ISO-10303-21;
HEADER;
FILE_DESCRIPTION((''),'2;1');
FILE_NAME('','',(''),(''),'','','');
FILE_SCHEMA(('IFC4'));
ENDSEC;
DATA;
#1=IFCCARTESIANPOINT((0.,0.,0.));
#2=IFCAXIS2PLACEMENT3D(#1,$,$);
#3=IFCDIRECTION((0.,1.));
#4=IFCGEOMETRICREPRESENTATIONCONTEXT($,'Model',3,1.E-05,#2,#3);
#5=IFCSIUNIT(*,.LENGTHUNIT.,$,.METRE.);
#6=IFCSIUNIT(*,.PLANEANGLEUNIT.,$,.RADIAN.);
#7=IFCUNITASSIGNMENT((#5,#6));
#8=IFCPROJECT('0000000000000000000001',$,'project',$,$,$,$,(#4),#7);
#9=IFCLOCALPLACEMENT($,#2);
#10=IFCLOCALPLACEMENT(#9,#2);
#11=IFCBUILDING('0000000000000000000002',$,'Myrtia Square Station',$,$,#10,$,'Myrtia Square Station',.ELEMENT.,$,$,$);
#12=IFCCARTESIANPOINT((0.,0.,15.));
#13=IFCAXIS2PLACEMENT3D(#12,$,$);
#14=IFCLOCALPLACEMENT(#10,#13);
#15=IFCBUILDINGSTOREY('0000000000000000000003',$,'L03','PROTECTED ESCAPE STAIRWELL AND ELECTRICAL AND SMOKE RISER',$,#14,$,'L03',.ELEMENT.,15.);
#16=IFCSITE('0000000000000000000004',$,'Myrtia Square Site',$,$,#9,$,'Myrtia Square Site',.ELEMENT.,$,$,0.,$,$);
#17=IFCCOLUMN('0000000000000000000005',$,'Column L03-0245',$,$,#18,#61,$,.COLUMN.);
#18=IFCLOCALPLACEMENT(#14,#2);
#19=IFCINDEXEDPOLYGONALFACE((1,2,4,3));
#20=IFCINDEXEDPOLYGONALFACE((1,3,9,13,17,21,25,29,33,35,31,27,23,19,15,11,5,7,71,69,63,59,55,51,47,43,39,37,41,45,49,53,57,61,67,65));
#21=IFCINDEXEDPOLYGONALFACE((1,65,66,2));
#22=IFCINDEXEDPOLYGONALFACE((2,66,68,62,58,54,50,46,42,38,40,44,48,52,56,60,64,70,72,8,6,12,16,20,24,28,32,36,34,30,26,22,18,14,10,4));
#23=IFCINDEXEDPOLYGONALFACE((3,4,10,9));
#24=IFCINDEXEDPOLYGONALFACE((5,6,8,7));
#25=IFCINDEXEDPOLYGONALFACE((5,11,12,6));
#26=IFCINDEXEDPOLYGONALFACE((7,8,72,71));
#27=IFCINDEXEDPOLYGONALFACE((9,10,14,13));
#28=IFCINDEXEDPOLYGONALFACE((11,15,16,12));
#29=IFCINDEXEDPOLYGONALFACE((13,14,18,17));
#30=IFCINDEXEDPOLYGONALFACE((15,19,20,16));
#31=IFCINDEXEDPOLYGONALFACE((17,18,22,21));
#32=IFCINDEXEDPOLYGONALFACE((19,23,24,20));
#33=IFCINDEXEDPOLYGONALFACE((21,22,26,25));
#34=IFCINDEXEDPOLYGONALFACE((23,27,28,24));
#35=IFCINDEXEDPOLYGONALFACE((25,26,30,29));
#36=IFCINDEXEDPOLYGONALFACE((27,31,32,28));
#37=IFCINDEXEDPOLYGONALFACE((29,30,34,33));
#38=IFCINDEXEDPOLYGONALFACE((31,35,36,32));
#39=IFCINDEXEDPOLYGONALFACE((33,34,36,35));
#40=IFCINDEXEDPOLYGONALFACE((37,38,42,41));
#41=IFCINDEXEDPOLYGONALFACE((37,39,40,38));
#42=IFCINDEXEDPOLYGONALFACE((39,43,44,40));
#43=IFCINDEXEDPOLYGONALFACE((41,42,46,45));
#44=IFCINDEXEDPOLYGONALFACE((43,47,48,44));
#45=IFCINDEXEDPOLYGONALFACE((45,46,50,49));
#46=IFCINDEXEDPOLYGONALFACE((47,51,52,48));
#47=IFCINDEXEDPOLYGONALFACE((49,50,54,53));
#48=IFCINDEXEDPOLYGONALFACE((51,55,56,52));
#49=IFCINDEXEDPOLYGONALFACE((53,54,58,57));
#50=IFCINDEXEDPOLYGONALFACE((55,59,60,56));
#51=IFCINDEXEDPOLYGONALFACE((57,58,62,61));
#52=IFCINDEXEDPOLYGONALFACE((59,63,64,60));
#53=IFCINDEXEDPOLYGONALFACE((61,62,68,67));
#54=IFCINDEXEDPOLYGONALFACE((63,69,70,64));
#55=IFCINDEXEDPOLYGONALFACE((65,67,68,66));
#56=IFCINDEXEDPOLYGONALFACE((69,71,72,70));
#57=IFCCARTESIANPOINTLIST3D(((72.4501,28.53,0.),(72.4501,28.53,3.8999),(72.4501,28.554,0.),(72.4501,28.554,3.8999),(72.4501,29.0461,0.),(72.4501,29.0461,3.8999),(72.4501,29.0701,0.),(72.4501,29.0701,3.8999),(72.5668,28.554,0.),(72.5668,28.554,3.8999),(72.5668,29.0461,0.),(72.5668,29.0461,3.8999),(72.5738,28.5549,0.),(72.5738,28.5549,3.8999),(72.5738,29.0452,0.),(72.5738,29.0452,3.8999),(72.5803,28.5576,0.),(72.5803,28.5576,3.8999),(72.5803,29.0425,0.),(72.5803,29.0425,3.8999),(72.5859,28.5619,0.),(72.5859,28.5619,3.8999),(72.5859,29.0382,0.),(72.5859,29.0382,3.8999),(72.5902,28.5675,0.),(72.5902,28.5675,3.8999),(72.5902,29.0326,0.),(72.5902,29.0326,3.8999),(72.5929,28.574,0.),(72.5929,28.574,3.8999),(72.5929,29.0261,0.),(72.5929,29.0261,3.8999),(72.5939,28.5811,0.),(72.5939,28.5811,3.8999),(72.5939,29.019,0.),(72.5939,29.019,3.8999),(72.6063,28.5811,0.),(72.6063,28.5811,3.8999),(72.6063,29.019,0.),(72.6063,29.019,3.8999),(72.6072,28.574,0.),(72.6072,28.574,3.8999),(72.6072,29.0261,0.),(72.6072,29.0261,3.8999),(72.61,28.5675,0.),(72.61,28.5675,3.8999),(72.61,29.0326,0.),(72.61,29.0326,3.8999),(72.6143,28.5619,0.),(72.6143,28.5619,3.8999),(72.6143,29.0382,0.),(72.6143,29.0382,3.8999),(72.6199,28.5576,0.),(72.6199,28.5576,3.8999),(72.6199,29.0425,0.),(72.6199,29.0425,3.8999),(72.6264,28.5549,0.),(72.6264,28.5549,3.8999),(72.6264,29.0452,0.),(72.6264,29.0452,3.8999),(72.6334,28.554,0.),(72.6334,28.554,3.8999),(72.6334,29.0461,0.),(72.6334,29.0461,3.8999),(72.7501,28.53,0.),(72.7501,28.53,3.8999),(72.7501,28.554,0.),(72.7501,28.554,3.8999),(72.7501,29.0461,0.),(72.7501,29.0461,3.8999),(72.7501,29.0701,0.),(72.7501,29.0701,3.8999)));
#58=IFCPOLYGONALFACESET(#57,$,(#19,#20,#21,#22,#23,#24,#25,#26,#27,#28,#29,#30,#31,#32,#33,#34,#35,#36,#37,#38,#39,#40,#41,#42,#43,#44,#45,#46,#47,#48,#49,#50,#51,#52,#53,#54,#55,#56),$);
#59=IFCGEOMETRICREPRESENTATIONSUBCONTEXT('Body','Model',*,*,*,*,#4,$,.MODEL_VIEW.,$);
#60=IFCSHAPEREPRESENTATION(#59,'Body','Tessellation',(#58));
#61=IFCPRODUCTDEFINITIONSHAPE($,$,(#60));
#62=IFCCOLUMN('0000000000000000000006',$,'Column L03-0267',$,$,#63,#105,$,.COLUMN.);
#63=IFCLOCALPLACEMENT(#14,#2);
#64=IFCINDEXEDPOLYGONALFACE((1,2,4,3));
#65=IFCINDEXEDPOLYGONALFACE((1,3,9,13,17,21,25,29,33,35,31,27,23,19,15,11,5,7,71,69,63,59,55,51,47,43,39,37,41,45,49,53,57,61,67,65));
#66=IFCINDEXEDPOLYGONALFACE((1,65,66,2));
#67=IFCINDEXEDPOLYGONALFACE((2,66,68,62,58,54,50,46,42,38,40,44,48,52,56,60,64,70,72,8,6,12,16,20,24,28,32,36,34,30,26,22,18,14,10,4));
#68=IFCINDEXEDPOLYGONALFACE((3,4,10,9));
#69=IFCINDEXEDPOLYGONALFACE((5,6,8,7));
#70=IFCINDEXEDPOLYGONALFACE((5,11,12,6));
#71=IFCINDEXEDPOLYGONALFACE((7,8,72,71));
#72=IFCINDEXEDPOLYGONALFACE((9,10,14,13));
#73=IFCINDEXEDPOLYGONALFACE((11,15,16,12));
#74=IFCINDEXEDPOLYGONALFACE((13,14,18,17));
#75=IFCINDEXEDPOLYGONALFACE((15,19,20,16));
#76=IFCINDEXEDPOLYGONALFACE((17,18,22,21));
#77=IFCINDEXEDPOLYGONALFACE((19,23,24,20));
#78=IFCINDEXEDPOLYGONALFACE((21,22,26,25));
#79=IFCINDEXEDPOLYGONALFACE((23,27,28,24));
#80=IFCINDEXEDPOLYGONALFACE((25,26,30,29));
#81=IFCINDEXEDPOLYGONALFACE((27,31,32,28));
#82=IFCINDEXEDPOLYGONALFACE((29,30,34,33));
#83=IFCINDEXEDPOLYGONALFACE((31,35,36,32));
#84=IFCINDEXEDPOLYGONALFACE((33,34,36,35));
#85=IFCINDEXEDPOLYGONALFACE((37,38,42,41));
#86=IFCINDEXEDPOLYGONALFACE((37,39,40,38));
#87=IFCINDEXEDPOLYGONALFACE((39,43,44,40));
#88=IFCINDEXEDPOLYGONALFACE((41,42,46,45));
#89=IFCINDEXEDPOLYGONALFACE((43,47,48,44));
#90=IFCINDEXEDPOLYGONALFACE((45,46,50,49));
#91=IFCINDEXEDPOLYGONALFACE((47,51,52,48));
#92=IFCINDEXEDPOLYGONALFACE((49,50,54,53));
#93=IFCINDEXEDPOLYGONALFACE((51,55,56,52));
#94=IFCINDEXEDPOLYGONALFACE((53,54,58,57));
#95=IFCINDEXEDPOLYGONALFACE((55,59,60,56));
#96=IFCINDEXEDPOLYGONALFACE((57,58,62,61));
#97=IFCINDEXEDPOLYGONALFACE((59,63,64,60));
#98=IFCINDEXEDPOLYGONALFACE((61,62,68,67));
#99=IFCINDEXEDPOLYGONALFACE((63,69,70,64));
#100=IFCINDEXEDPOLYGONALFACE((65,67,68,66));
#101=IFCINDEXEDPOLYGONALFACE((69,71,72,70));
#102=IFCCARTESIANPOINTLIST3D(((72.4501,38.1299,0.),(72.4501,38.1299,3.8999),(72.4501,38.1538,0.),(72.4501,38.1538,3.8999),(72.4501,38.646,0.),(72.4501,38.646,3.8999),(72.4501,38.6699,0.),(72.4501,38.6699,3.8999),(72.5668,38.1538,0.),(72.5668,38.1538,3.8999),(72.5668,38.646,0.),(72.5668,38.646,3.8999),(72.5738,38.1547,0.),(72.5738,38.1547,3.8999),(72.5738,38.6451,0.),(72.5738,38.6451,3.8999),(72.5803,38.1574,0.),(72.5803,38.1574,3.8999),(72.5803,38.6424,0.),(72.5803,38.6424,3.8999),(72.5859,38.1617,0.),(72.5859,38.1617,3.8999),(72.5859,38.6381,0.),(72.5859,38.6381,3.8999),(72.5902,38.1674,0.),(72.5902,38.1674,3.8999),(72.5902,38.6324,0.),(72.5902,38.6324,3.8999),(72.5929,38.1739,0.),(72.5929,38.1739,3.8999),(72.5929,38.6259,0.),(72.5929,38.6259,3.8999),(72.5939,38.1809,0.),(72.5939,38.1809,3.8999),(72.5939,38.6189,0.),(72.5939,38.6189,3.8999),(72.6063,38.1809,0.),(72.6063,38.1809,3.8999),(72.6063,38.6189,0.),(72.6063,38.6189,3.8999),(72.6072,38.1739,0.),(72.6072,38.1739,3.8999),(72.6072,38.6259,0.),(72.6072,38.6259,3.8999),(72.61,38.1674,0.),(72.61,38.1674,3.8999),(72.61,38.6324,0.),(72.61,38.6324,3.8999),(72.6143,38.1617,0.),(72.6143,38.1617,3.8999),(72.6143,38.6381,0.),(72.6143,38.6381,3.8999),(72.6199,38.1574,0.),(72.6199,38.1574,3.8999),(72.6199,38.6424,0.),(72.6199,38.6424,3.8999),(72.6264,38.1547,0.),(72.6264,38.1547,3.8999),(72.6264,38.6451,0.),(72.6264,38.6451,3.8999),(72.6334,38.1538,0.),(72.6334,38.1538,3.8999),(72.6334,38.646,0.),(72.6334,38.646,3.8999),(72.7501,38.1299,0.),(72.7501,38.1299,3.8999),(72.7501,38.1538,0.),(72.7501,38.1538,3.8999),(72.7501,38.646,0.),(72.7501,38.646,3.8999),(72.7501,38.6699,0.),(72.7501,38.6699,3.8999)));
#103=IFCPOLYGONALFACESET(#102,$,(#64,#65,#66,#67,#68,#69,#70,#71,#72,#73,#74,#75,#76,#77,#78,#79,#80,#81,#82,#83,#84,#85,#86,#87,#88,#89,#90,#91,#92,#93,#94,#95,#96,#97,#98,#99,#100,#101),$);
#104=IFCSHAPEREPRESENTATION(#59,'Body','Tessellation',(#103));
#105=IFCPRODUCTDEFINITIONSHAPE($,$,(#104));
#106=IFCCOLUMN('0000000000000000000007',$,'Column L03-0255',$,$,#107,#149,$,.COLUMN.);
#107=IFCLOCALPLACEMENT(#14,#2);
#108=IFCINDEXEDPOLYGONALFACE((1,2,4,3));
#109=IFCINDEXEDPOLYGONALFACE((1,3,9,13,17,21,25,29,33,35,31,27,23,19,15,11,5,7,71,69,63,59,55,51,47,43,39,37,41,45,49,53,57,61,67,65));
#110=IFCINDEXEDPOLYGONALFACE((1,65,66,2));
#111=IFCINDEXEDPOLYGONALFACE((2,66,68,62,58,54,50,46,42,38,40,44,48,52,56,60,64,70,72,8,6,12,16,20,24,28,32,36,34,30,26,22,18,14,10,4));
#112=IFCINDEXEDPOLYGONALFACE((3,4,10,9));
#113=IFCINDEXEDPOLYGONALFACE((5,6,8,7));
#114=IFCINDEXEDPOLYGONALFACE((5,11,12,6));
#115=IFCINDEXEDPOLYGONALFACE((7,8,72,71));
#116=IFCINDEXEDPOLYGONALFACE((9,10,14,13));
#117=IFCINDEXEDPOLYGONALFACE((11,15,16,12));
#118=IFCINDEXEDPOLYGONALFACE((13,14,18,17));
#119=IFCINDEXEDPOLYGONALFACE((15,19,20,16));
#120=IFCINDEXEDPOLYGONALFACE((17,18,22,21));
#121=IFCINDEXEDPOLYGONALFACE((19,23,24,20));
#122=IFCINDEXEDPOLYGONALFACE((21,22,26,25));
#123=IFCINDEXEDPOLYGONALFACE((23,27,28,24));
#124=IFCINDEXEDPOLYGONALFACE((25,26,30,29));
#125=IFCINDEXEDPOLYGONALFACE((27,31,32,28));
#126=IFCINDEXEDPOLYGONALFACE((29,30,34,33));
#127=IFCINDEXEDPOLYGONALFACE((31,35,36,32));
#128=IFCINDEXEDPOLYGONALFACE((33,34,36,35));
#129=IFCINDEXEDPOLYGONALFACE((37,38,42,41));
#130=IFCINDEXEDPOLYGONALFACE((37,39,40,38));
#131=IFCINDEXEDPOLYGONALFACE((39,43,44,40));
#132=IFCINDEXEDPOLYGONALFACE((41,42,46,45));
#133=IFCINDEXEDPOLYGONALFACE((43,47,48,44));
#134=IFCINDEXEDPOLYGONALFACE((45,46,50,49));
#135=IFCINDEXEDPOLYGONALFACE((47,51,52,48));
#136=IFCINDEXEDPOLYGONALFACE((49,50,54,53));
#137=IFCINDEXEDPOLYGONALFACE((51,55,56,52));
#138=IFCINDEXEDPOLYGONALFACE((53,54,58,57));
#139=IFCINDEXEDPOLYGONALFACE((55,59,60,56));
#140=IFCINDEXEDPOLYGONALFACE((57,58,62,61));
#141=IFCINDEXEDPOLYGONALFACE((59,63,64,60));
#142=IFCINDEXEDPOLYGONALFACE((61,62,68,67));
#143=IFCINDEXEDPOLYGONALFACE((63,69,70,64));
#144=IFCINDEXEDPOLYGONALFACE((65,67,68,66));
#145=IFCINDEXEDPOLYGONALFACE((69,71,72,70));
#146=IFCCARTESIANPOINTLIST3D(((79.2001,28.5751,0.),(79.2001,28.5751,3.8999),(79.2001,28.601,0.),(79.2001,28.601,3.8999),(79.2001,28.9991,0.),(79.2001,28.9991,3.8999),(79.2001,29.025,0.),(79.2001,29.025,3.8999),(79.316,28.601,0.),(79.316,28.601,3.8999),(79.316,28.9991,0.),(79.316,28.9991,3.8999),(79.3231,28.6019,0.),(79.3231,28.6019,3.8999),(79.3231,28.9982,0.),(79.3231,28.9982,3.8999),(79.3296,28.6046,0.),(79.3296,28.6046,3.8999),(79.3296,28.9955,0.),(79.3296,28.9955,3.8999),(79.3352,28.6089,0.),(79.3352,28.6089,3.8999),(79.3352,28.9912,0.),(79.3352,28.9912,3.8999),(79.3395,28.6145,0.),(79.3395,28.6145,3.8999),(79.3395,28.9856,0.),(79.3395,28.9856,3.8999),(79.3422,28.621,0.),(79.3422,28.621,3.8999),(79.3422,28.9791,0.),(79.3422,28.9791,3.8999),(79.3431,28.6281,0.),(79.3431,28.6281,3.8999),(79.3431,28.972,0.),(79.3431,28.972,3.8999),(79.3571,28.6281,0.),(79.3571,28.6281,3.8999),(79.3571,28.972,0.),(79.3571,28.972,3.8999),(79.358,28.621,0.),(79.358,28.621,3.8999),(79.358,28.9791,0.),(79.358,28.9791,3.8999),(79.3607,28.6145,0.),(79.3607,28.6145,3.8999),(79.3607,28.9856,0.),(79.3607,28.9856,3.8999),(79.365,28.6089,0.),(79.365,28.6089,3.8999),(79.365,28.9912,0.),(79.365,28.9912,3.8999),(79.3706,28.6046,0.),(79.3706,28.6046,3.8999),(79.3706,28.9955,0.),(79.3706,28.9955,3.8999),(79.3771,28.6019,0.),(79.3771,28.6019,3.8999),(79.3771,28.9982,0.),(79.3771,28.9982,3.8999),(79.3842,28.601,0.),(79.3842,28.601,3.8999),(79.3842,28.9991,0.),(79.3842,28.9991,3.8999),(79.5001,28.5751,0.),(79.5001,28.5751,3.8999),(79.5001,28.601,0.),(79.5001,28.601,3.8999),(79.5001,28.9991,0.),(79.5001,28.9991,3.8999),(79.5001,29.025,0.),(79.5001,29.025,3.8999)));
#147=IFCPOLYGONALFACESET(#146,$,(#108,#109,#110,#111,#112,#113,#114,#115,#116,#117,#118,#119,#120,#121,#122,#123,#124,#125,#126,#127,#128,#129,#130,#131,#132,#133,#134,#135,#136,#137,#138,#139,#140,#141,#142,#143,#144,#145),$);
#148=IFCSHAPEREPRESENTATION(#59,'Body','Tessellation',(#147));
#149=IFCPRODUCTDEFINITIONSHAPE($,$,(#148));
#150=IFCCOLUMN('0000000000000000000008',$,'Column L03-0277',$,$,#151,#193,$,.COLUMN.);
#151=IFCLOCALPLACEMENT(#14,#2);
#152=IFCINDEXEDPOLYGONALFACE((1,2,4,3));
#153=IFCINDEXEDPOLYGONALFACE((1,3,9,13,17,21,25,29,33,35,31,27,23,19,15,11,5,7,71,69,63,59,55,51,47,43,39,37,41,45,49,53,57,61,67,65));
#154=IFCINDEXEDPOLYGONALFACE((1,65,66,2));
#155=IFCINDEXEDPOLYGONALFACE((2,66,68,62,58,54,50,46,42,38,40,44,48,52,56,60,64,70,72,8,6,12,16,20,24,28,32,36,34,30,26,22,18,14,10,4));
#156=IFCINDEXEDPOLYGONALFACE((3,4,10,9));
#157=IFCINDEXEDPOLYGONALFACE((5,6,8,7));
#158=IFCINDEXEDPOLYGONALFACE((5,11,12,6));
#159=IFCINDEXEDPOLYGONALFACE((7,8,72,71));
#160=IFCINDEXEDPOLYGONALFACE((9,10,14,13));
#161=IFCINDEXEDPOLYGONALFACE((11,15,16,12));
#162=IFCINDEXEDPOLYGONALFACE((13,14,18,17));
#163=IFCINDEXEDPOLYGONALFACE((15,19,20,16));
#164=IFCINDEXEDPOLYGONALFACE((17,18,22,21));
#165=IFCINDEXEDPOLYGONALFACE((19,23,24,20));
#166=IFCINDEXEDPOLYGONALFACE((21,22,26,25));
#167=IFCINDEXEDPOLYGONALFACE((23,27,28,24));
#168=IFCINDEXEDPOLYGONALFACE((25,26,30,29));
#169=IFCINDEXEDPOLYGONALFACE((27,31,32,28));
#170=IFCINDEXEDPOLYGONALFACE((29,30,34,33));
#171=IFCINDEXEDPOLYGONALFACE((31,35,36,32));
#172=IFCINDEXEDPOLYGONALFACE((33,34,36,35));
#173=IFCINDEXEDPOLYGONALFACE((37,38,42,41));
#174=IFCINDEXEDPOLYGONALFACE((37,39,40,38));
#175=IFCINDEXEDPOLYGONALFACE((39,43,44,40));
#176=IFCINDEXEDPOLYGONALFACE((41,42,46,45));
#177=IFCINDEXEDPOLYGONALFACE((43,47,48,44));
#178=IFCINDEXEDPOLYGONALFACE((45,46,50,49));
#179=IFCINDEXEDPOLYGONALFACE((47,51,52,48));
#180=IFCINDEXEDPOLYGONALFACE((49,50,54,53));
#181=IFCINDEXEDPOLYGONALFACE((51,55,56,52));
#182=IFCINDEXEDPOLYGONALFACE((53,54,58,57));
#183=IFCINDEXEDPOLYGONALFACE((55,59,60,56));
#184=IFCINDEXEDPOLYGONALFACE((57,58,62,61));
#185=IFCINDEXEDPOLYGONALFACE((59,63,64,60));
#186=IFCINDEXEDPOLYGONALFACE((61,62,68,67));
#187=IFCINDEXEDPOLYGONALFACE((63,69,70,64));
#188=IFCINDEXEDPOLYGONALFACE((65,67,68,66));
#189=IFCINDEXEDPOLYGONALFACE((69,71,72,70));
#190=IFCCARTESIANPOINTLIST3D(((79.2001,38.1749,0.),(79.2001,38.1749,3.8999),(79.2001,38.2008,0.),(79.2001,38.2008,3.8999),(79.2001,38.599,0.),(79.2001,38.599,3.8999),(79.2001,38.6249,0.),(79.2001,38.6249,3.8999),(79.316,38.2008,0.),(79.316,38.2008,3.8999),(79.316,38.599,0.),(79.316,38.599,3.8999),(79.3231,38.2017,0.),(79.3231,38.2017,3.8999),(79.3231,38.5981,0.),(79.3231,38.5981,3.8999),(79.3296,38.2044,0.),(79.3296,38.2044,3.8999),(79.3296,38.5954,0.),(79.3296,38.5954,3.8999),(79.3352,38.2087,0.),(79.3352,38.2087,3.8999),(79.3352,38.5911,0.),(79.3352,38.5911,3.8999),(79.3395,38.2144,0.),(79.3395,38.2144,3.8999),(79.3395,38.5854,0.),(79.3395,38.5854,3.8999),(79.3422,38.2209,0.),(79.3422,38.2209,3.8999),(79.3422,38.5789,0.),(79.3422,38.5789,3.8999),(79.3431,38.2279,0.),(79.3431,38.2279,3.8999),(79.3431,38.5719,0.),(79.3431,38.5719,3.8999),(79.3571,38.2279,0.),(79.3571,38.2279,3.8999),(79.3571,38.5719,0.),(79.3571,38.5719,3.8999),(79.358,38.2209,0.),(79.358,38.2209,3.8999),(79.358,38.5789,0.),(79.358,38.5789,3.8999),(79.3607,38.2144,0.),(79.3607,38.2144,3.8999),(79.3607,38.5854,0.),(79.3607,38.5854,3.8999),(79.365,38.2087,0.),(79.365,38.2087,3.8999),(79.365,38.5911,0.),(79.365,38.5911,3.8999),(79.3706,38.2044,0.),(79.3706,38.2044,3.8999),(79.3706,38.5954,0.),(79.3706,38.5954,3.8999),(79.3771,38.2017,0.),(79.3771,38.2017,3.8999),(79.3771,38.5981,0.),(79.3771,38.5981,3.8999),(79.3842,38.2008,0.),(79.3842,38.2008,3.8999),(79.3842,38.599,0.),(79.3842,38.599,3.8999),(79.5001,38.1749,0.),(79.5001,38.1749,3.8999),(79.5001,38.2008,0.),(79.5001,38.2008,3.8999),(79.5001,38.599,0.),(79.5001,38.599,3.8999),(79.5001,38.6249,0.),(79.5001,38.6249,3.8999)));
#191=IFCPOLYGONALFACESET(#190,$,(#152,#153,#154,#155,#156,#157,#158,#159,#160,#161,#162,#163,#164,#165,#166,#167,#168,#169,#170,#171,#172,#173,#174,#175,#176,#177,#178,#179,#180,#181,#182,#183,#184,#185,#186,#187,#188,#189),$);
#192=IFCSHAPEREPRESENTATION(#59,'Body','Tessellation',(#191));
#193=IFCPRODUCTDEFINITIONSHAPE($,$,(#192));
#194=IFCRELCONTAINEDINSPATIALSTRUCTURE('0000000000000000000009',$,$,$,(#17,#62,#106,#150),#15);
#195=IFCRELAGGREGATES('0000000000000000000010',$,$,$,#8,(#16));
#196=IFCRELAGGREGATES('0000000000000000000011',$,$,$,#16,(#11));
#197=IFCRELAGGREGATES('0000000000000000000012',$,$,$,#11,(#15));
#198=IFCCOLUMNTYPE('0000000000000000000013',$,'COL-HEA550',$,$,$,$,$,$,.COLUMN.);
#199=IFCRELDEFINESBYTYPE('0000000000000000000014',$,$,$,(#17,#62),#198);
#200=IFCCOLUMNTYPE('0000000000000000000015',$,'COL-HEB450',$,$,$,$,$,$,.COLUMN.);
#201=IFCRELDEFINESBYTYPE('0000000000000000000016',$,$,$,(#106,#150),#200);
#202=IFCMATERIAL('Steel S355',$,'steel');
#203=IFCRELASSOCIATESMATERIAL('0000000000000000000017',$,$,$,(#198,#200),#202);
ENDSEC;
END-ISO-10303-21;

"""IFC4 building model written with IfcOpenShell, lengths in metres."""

from ifc_helpers import new_model, si_unit, direction, frame, origin, origin_2d, place, context, subcontext, project, spatial, i_section, extrude, material, material_profile, profile_set, type_object, element, save


model = new_model("IFC4")

# Units and contexts
model_context = context("Model", 3, precision=1e-05, world=origin(), true_north=direction((0.0, 1.0)))
body_context = subcontext(model_context, "Body", "Model", "MODEL_VIEW")
ifc_project = project(units=[si_unit("LENGTHUNIT", "METRE"), si_unit("PLANEANGLEUNIT", "RADIAN")], contexts=[model_context])

# Site, building, storey
site_placement = place(None, origin())
site = spatial("IfcSite", under=ifc_project, at=site_placement, Name="Myrtia Square Site", LongName="Myrtia Square Site", CompositionType="ELEMENT", RefElevation=0.0)
building_placement = place(site_placement, origin())
building = spatial("IfcBuilding", under=site, at=building_placement, Name="Myrtia Square Station", LongName="Myrtia Square Station", CompositionType="ELEMENT")
storey_placement = place(building_placement, frame((0.0, 0.0, 15.0)))
storey = spatial("IfcBuildingStorey", under=building, at=storey_placement, Name="L03", Description="PROTECTED ESCAPE STAIRWELL AND ELECTRICAL AND SMOKE RISER", LongName="L03", CompositionType="ELEMENT", Elevation=15.0)

# Columns
ifc_material_1 = material(Name="Steel S355", Category="steel")
ifc_material_profile_1 = material_profile(ifc_material_1, i_section(OverallWidth=0.3, OverallDepth=0.54, WebThickness=0.0125, FlangeThickness=0.0239, FilletRadius=0.0271, at=origin_2d()), Name="HEA 550")
ifc_profile_set_1 = profile_set([ifc_material_profile_1], Name="Steel S355")
column_type_1 = type_object("IfcColumnType", Name="COL-HEA550", PredefinedType="COLUMN", material=ifc_profile_set_1)
for number, where, z_axis, x_axis, name in (
    (1, (72.6001, 28.8, 0.0), (0.0, 0.0, 1.0), (1.0, 0.0, 0.0), "Column L03-0245"),
    (2, (72.6001, 38.3999, 0.0), (0.0, 0.0, 1.0), (1.0, 0.0, 0.0), "Column L03-0267"),
):
    element("IfcColumn", number, at=place(storey_placement, frame(where, z_axis=z_axis, x_axis=x_axis)), inside=storey, type_object=column_type_1, Name=name, PredefinedType="COLUMN", context=body_context, shape_type="SweptSolid", body=[
        extrude(i_section(OverallWidth=0.3, OverallDepth=0.54, WebThickness=0.0125, FlangeThickness=0.0239, FilletRadius=0.0271, at=origin_2d()), origin(), (0.0, 0.0, 1.0), 3.8999),
    ])
ifc_material_profile_2 = material_profile(ifc_material_1, i_section(OverallWidth=0.3, OverallDepth=0.45, WebThickness=0.0139, FlangeThickness=0.0259, FilletRadius=0.0271, at=origin_2d()), Name="HEB 450")
ifc_profile_set_2 = profile_set([ifc_material_profile_2], Name="Steel S355")
column_type_2 = type_object("IfcColumnType", Name="COL-HEB450", PredefinedType="COLUMN", material=ifc_profile_set_2)
for number, where, z_axis, x_axis, name in (
    (3, (79.3501, 28.8, 0.0), (0.0, 0.0, 1.0), (1.0, 0.0, 0.0), "Column L03-0255"),
    (4, (79.3501, 38.3999, 0.0), (0.0, 0.0, 1.0), (1.0, 0.0, 0.0), "Column L03-0277"),
):
    element("IfcColumn", number, at=place(storey_placement, frame(where, z_axis=z_axis, x_axis=x_axis)), inside=storey, type_object=column_type_2, Name=name, PredefinedType="COLUMN", context=body_context, shape_type="SweptSolid", body=[
        extrude(i_section(OverallWidth=0.3, OverallDepth=0.45, WebThickness=0.0139, FlangeThickness=0.0259, FilletRadius=0.0271, at=origin_2d()), origin(), (0.0, 0.0, 1.0), 3.8999),
    ])

save(model, "model.ifc")
